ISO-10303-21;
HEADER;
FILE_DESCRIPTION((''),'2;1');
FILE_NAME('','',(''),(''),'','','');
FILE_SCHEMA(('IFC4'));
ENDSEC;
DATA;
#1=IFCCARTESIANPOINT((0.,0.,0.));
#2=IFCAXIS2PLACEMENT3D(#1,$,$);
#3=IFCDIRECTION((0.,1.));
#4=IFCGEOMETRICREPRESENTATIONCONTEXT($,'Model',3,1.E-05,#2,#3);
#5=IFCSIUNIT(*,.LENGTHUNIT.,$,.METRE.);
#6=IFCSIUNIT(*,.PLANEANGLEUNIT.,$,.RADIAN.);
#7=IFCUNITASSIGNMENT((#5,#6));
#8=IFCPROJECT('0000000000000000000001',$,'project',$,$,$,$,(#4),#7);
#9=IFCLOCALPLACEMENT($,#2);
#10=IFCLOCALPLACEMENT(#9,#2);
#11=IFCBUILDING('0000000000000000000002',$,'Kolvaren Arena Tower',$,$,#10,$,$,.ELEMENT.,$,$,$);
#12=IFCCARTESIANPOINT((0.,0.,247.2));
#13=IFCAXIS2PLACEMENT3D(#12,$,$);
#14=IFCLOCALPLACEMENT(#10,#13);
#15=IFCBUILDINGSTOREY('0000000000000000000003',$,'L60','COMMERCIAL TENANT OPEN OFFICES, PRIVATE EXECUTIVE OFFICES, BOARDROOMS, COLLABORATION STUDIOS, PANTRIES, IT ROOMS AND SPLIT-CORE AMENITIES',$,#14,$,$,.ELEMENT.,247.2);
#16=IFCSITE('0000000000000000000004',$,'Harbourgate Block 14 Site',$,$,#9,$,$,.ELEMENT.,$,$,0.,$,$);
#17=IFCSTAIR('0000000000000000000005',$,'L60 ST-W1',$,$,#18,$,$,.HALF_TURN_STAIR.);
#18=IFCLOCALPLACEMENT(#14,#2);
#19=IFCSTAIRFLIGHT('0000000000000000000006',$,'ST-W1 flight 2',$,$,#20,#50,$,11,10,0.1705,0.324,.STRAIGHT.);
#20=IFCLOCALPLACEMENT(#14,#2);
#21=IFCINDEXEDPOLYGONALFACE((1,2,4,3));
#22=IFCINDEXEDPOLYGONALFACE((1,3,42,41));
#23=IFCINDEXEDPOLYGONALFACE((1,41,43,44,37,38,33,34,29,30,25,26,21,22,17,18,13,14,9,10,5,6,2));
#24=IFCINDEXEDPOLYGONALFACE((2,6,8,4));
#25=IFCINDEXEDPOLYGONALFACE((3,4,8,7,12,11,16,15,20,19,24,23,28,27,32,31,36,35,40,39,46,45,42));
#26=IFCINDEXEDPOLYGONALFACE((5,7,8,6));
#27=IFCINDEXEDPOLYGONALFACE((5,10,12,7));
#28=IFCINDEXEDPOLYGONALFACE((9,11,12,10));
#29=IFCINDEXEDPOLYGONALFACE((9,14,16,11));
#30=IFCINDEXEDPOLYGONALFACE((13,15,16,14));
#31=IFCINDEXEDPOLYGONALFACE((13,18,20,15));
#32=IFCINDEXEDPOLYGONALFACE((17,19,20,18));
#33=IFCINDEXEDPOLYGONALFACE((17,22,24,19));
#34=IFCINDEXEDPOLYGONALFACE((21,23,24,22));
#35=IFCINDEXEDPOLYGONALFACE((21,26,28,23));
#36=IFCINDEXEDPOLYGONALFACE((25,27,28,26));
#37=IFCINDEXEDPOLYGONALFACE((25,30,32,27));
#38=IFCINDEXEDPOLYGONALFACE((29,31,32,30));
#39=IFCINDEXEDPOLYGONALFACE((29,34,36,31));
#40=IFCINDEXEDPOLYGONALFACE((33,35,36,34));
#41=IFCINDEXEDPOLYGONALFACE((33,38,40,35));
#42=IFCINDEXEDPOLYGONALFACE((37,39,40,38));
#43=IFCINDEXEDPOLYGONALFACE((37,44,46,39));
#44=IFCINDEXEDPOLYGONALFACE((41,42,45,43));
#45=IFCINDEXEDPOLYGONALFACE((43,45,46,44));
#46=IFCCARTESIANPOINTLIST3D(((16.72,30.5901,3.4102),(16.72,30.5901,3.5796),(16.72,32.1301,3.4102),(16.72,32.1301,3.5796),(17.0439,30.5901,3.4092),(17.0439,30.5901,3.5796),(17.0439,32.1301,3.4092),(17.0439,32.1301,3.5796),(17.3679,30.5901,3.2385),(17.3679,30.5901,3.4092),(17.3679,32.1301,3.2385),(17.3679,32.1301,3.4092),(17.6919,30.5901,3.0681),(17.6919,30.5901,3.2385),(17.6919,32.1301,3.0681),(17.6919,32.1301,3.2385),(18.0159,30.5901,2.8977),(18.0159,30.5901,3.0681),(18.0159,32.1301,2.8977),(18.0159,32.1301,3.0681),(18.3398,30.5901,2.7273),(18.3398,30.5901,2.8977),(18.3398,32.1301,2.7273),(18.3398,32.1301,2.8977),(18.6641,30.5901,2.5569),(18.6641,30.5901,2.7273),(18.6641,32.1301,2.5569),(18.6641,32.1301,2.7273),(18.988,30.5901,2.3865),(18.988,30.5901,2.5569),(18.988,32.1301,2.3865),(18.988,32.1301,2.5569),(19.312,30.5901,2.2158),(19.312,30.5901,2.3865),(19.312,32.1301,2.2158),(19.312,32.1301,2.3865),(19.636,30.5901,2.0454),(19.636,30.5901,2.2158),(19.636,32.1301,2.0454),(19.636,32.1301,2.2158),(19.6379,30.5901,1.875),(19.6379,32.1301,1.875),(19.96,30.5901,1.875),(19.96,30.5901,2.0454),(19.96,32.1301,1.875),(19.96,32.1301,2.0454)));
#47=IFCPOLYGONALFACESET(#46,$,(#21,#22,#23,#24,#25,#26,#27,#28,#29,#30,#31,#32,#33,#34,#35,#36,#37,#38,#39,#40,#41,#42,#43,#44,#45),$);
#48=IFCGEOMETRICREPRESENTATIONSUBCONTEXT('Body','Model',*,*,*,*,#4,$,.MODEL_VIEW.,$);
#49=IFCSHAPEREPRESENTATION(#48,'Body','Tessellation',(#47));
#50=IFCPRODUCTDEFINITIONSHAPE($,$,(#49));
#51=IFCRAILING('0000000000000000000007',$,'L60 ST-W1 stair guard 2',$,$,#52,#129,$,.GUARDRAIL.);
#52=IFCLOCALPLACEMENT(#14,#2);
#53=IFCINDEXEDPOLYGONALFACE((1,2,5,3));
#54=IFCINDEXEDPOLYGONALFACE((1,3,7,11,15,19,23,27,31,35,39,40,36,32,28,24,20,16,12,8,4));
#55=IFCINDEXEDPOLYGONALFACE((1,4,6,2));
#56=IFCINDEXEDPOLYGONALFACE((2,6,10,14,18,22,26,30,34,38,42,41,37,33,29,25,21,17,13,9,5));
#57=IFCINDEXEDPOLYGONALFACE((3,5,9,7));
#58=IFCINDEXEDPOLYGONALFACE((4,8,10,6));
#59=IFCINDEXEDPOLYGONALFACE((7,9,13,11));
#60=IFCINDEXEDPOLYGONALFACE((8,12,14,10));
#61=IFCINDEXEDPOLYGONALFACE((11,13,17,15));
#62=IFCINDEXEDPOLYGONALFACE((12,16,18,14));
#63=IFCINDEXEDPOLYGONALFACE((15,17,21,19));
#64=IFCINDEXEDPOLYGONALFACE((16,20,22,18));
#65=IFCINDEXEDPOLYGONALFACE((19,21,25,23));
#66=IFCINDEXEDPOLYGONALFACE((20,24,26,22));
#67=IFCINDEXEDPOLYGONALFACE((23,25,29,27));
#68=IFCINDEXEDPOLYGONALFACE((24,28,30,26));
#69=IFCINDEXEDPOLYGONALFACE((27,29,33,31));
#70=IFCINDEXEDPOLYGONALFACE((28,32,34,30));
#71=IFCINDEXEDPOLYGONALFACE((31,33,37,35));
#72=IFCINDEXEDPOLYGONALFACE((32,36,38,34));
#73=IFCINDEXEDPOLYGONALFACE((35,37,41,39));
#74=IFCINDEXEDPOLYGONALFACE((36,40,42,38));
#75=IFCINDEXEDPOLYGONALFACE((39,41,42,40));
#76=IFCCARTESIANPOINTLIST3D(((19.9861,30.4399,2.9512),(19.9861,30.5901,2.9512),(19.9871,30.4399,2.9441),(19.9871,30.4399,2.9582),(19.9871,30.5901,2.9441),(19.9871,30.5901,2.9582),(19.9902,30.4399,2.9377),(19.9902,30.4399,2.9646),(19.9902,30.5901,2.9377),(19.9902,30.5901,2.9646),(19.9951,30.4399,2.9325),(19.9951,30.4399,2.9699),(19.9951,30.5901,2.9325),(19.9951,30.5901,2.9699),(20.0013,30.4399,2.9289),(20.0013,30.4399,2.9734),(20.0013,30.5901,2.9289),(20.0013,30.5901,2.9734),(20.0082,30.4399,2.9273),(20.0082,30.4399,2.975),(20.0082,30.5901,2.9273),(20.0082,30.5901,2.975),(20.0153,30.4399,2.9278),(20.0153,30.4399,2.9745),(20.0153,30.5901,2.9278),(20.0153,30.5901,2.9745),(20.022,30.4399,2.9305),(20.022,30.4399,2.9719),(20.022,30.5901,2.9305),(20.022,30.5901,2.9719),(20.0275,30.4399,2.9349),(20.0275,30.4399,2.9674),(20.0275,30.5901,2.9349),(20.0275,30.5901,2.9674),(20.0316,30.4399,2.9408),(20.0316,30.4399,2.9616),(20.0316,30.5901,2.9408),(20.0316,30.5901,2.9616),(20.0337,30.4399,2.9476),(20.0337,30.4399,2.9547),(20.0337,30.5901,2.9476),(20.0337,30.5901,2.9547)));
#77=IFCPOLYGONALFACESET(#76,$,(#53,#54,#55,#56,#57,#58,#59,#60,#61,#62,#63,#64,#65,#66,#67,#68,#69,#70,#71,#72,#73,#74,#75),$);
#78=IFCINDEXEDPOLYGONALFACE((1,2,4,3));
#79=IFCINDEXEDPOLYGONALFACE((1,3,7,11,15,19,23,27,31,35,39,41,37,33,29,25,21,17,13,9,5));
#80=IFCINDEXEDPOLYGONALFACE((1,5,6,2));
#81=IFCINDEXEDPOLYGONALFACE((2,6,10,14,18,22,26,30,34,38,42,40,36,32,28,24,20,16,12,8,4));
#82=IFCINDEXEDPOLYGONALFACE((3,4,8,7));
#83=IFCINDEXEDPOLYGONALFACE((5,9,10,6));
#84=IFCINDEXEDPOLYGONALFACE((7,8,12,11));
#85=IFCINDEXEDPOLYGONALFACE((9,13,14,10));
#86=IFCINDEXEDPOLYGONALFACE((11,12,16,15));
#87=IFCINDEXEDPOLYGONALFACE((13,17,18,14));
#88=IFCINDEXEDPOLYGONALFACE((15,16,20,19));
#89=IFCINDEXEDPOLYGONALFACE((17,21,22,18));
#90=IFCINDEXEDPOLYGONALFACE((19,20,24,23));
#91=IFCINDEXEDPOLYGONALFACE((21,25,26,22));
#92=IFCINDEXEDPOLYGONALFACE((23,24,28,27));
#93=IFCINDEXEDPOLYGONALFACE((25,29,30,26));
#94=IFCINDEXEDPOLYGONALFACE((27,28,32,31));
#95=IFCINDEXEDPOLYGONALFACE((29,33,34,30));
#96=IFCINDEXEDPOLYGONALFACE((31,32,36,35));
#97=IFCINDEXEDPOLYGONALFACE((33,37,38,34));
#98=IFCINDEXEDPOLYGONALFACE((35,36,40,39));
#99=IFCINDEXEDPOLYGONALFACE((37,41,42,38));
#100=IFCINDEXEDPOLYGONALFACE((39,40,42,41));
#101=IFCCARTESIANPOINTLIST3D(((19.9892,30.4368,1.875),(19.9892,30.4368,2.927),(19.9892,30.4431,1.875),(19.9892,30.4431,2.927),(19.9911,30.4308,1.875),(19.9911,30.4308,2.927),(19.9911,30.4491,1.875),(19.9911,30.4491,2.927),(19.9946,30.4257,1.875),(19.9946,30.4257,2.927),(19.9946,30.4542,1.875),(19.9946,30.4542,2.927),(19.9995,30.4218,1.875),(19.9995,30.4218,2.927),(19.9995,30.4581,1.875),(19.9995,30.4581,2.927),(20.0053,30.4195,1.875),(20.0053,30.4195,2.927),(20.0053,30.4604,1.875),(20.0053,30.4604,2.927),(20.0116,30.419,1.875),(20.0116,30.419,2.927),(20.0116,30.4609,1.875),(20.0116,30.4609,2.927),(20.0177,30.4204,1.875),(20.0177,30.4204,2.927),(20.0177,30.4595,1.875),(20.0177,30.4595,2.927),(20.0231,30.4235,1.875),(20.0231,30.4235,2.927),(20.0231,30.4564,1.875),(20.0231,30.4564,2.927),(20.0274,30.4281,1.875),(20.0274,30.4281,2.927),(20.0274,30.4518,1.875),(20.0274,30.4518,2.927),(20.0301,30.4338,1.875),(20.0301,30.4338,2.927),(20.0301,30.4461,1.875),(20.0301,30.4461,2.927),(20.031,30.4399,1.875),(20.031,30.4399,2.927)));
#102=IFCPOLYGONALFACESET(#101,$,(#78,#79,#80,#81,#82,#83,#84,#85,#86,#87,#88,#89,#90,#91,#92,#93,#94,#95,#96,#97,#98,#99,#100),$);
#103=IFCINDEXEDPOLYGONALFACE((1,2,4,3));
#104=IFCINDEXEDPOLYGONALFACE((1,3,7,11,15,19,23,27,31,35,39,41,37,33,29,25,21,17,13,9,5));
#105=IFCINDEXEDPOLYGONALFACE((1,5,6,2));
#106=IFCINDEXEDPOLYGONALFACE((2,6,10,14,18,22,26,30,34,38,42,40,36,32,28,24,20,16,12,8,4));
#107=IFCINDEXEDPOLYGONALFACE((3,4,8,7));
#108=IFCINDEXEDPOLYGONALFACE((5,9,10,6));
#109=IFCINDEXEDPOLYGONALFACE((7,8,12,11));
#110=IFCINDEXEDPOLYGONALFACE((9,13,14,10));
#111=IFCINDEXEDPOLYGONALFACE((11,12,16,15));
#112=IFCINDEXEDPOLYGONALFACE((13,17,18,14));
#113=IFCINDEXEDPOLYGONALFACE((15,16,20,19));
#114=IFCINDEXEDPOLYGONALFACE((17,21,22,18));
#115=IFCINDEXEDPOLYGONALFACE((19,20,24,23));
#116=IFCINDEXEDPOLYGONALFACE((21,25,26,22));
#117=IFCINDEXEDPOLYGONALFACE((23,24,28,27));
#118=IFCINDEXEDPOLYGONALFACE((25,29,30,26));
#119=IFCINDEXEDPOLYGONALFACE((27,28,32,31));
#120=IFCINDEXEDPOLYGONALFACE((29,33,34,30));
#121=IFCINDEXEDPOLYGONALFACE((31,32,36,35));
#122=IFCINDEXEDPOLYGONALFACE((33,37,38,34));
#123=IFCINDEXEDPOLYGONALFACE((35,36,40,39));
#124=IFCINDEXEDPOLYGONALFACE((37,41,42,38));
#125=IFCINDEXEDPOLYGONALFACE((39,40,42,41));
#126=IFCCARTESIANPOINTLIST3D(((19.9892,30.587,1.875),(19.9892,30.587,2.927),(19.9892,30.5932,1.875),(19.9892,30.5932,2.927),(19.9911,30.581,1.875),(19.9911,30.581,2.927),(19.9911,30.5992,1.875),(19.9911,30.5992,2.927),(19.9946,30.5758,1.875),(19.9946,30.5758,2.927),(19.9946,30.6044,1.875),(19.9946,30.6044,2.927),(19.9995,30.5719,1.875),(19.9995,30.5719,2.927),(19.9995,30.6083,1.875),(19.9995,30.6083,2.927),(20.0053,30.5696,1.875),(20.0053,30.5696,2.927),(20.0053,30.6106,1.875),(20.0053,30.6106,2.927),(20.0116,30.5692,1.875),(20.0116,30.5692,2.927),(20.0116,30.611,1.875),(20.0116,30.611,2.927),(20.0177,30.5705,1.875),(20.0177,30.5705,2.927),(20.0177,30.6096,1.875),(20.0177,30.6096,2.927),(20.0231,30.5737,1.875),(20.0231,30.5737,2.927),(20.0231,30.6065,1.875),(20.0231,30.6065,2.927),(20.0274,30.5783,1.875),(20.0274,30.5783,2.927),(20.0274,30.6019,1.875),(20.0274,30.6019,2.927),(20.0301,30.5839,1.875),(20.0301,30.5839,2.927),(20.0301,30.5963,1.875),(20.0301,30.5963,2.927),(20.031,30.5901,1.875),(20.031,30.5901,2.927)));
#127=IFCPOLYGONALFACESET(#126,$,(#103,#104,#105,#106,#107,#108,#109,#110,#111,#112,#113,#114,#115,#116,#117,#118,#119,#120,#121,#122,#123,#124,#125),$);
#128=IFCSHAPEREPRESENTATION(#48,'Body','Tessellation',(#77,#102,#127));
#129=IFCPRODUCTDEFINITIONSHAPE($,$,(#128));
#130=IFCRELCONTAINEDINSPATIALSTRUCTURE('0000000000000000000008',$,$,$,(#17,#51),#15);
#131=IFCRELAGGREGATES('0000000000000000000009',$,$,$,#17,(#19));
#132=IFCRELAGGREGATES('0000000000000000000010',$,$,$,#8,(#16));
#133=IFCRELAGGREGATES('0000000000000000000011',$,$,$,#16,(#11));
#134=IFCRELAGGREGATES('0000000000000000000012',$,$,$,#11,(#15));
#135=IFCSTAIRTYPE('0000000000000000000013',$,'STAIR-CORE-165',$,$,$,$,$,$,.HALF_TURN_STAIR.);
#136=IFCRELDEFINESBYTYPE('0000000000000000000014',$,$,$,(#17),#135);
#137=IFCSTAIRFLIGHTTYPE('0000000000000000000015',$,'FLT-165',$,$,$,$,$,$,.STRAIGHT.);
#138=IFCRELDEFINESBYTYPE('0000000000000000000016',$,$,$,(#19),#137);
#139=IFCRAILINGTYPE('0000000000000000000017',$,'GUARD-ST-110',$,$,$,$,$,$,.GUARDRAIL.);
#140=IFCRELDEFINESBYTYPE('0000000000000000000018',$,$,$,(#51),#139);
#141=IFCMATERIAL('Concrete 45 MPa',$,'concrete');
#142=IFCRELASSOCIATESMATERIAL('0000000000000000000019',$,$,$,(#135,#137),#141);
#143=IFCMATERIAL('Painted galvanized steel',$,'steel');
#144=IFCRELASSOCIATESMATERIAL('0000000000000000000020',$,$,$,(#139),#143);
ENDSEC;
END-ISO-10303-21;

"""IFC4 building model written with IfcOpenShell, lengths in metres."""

from ifc_helpers import new_model, si_unit, direction, frame, origin, origin_2d, place, context, subcontext, project, spatial, polyline, circle, outline, extrude, material, type_object, element, aggregate, save


model = new_model("IFC4")

# Units and contexts
model_context = context("Model", 3, precision=1e-05, world=origin(), true_north=direction((0.0, 1.0)))
body_context = subcontext(model_context, "Body", "Model", "MODEL_VIEW")
ifc_project = project(units=[si_unit("LENGTHUNIT", "METRE"), si_unit("PLANEANGLEUNIT", "RADIAN")], contexts=[model_context])

# Site, building, storey
site_placement = place(None, origin())
site = spatial("IfcSite", under=ifc_project, at=site_placement, Name="Harbourgate Block 14 Site", CompositionType="ELEMENT", RefElevation=0.0)
building_placement = place(site_placement, origin())
building = spatial("IfcBuilding", under=site, at=building_placement, Name="Kolvaren Arena Tower", CompositionType="ELEMENT")
storey_placement = place(building_placement, frame((0.0, 0.0, 247.2)))
storey = spatial("IfcBuildingStorey", under=building, at=storey_placement, Name="L60", Description="COMMERCIAL TENANT OPEN OFFICES, PRIVATE EXECUTIVE OFFICES, BOARDROOMS, COLLABORATION STUDIOS, PANTRIES, IT ROOMS AND SPLIT-CORE AMENITIES", CompositionType="ELEMENT", Elevation=247.2)

# Shared definitions
ifc_material_1 = material(Name="Concrete 45 MPa", Category="concrete")

# Stair, stair flight
stair_type = type_object("IfcStairType", Name="STAIR-CORE-165", PredefinedType="HALF_TURN_STAIR", material=ifc_material_1)
stair_placement = place(storey_placement, origin())
stair = element("IfcStair", 1, at=stair_placement, inside=storey, type_object=stair_type, Name="L60 ST-W1", PredefinedType="HALF_TURN_STAIR")
stair_flight_type = type_object("IfcStairFlightType", Name="FLT-165", PredefinedType="STRAIGHT", material=ifc_material_1)
stair_flight_placement = place(storey_placement, frame((19.96, 31.3601, 1.875), z_axis=(0.0, 0.0, 1.0), x_axis=(-1.0, 0.0, 0.0)))
stair_flight = element("IfcStairFlight", 2, at=stair_flight_placement, type_object=stair_flight_type, Name="ST-W1 flight 2", NumberOfRisers=11, NumberOfTreads=10, PredefinedType="STRAIGHT", RiserHeight=0.1705, TreadLength=0.324, context=body_context, shape_type="SweptSolid", body=[
    extrude(outline(polyline([(0.0, 0.0), (0.0, 0.1704), (0.324, 0.1704), (0.324, 0.3408), (0.6479, 0.3408), (0.6479, 0.5115), (0.9719, 0.5115), (0.9719, 0.6819), (1.2959, 0.6819), (1.2959, 0.8523), (1.6201, 0.8523), (1.6201, 1.0227), (1.9441, 1.0227), (1.9441, 1.1931), (2.2681, 1.1931), (2.2681, 1.3635), (2.592, 1.3635), (2.592, 1.5342), (2.916, 1.5342), (2.916, 1.7046), (3.24, 1.7046), (3.24, 1.875), (3.24, 1.5352), (0.322, 0.0), (0.0, 0.0)])), frame((0.0, 0.77, 0.0), z_axis=(0.0, -1.0, 0.0), x_axis=(1.0, 0.0, 0.0)), (0.0, 0.0, 1.0), 1.54),
])
aggregate(stair, [stair_flight])

# Railing
ifc_material_2 = material(Name="Painted galvanized steel", Category="steel")
railing_type_1 = type_object("IfcRailingType", Name="GUARD-ST-110", PredefinedType="GUARDRAIL", material=ifc_material_2)
railing_1_placement = place(storey_placement, frame((20.01, 30.4399, 1.875)))
element("IfcRailing", 3, at=railing_1_placement, inside=storey, type_object=railing_type_1, Name="L60 ST-W1 stair guard 2", PredefinedType="GUARDRAIL", context=body_context, shape_type="SweptSolid", body=[
    extrude(circle(Radius=0.0239, at=origin_2d()), frame((0.0, 0.0, 1.0762), z_axis=(0.0, 1.0, 0.0), x_axis=(-1.0, 0.0, 0.0)), (0.0, 0.0, 1.0), 0.1501),
    extrude(circle(Radius=0.021, at=origin_2d()), origin(), (0.0, 0.0, 1.0), 1.052),
    extrude(circle(Radius=0.021, at=origin_2d()), frame((0.0, 0.1501, 0.0)), (0.0, 0.0, 1.0), 1.052),
])

save(model, "model.ifc")
